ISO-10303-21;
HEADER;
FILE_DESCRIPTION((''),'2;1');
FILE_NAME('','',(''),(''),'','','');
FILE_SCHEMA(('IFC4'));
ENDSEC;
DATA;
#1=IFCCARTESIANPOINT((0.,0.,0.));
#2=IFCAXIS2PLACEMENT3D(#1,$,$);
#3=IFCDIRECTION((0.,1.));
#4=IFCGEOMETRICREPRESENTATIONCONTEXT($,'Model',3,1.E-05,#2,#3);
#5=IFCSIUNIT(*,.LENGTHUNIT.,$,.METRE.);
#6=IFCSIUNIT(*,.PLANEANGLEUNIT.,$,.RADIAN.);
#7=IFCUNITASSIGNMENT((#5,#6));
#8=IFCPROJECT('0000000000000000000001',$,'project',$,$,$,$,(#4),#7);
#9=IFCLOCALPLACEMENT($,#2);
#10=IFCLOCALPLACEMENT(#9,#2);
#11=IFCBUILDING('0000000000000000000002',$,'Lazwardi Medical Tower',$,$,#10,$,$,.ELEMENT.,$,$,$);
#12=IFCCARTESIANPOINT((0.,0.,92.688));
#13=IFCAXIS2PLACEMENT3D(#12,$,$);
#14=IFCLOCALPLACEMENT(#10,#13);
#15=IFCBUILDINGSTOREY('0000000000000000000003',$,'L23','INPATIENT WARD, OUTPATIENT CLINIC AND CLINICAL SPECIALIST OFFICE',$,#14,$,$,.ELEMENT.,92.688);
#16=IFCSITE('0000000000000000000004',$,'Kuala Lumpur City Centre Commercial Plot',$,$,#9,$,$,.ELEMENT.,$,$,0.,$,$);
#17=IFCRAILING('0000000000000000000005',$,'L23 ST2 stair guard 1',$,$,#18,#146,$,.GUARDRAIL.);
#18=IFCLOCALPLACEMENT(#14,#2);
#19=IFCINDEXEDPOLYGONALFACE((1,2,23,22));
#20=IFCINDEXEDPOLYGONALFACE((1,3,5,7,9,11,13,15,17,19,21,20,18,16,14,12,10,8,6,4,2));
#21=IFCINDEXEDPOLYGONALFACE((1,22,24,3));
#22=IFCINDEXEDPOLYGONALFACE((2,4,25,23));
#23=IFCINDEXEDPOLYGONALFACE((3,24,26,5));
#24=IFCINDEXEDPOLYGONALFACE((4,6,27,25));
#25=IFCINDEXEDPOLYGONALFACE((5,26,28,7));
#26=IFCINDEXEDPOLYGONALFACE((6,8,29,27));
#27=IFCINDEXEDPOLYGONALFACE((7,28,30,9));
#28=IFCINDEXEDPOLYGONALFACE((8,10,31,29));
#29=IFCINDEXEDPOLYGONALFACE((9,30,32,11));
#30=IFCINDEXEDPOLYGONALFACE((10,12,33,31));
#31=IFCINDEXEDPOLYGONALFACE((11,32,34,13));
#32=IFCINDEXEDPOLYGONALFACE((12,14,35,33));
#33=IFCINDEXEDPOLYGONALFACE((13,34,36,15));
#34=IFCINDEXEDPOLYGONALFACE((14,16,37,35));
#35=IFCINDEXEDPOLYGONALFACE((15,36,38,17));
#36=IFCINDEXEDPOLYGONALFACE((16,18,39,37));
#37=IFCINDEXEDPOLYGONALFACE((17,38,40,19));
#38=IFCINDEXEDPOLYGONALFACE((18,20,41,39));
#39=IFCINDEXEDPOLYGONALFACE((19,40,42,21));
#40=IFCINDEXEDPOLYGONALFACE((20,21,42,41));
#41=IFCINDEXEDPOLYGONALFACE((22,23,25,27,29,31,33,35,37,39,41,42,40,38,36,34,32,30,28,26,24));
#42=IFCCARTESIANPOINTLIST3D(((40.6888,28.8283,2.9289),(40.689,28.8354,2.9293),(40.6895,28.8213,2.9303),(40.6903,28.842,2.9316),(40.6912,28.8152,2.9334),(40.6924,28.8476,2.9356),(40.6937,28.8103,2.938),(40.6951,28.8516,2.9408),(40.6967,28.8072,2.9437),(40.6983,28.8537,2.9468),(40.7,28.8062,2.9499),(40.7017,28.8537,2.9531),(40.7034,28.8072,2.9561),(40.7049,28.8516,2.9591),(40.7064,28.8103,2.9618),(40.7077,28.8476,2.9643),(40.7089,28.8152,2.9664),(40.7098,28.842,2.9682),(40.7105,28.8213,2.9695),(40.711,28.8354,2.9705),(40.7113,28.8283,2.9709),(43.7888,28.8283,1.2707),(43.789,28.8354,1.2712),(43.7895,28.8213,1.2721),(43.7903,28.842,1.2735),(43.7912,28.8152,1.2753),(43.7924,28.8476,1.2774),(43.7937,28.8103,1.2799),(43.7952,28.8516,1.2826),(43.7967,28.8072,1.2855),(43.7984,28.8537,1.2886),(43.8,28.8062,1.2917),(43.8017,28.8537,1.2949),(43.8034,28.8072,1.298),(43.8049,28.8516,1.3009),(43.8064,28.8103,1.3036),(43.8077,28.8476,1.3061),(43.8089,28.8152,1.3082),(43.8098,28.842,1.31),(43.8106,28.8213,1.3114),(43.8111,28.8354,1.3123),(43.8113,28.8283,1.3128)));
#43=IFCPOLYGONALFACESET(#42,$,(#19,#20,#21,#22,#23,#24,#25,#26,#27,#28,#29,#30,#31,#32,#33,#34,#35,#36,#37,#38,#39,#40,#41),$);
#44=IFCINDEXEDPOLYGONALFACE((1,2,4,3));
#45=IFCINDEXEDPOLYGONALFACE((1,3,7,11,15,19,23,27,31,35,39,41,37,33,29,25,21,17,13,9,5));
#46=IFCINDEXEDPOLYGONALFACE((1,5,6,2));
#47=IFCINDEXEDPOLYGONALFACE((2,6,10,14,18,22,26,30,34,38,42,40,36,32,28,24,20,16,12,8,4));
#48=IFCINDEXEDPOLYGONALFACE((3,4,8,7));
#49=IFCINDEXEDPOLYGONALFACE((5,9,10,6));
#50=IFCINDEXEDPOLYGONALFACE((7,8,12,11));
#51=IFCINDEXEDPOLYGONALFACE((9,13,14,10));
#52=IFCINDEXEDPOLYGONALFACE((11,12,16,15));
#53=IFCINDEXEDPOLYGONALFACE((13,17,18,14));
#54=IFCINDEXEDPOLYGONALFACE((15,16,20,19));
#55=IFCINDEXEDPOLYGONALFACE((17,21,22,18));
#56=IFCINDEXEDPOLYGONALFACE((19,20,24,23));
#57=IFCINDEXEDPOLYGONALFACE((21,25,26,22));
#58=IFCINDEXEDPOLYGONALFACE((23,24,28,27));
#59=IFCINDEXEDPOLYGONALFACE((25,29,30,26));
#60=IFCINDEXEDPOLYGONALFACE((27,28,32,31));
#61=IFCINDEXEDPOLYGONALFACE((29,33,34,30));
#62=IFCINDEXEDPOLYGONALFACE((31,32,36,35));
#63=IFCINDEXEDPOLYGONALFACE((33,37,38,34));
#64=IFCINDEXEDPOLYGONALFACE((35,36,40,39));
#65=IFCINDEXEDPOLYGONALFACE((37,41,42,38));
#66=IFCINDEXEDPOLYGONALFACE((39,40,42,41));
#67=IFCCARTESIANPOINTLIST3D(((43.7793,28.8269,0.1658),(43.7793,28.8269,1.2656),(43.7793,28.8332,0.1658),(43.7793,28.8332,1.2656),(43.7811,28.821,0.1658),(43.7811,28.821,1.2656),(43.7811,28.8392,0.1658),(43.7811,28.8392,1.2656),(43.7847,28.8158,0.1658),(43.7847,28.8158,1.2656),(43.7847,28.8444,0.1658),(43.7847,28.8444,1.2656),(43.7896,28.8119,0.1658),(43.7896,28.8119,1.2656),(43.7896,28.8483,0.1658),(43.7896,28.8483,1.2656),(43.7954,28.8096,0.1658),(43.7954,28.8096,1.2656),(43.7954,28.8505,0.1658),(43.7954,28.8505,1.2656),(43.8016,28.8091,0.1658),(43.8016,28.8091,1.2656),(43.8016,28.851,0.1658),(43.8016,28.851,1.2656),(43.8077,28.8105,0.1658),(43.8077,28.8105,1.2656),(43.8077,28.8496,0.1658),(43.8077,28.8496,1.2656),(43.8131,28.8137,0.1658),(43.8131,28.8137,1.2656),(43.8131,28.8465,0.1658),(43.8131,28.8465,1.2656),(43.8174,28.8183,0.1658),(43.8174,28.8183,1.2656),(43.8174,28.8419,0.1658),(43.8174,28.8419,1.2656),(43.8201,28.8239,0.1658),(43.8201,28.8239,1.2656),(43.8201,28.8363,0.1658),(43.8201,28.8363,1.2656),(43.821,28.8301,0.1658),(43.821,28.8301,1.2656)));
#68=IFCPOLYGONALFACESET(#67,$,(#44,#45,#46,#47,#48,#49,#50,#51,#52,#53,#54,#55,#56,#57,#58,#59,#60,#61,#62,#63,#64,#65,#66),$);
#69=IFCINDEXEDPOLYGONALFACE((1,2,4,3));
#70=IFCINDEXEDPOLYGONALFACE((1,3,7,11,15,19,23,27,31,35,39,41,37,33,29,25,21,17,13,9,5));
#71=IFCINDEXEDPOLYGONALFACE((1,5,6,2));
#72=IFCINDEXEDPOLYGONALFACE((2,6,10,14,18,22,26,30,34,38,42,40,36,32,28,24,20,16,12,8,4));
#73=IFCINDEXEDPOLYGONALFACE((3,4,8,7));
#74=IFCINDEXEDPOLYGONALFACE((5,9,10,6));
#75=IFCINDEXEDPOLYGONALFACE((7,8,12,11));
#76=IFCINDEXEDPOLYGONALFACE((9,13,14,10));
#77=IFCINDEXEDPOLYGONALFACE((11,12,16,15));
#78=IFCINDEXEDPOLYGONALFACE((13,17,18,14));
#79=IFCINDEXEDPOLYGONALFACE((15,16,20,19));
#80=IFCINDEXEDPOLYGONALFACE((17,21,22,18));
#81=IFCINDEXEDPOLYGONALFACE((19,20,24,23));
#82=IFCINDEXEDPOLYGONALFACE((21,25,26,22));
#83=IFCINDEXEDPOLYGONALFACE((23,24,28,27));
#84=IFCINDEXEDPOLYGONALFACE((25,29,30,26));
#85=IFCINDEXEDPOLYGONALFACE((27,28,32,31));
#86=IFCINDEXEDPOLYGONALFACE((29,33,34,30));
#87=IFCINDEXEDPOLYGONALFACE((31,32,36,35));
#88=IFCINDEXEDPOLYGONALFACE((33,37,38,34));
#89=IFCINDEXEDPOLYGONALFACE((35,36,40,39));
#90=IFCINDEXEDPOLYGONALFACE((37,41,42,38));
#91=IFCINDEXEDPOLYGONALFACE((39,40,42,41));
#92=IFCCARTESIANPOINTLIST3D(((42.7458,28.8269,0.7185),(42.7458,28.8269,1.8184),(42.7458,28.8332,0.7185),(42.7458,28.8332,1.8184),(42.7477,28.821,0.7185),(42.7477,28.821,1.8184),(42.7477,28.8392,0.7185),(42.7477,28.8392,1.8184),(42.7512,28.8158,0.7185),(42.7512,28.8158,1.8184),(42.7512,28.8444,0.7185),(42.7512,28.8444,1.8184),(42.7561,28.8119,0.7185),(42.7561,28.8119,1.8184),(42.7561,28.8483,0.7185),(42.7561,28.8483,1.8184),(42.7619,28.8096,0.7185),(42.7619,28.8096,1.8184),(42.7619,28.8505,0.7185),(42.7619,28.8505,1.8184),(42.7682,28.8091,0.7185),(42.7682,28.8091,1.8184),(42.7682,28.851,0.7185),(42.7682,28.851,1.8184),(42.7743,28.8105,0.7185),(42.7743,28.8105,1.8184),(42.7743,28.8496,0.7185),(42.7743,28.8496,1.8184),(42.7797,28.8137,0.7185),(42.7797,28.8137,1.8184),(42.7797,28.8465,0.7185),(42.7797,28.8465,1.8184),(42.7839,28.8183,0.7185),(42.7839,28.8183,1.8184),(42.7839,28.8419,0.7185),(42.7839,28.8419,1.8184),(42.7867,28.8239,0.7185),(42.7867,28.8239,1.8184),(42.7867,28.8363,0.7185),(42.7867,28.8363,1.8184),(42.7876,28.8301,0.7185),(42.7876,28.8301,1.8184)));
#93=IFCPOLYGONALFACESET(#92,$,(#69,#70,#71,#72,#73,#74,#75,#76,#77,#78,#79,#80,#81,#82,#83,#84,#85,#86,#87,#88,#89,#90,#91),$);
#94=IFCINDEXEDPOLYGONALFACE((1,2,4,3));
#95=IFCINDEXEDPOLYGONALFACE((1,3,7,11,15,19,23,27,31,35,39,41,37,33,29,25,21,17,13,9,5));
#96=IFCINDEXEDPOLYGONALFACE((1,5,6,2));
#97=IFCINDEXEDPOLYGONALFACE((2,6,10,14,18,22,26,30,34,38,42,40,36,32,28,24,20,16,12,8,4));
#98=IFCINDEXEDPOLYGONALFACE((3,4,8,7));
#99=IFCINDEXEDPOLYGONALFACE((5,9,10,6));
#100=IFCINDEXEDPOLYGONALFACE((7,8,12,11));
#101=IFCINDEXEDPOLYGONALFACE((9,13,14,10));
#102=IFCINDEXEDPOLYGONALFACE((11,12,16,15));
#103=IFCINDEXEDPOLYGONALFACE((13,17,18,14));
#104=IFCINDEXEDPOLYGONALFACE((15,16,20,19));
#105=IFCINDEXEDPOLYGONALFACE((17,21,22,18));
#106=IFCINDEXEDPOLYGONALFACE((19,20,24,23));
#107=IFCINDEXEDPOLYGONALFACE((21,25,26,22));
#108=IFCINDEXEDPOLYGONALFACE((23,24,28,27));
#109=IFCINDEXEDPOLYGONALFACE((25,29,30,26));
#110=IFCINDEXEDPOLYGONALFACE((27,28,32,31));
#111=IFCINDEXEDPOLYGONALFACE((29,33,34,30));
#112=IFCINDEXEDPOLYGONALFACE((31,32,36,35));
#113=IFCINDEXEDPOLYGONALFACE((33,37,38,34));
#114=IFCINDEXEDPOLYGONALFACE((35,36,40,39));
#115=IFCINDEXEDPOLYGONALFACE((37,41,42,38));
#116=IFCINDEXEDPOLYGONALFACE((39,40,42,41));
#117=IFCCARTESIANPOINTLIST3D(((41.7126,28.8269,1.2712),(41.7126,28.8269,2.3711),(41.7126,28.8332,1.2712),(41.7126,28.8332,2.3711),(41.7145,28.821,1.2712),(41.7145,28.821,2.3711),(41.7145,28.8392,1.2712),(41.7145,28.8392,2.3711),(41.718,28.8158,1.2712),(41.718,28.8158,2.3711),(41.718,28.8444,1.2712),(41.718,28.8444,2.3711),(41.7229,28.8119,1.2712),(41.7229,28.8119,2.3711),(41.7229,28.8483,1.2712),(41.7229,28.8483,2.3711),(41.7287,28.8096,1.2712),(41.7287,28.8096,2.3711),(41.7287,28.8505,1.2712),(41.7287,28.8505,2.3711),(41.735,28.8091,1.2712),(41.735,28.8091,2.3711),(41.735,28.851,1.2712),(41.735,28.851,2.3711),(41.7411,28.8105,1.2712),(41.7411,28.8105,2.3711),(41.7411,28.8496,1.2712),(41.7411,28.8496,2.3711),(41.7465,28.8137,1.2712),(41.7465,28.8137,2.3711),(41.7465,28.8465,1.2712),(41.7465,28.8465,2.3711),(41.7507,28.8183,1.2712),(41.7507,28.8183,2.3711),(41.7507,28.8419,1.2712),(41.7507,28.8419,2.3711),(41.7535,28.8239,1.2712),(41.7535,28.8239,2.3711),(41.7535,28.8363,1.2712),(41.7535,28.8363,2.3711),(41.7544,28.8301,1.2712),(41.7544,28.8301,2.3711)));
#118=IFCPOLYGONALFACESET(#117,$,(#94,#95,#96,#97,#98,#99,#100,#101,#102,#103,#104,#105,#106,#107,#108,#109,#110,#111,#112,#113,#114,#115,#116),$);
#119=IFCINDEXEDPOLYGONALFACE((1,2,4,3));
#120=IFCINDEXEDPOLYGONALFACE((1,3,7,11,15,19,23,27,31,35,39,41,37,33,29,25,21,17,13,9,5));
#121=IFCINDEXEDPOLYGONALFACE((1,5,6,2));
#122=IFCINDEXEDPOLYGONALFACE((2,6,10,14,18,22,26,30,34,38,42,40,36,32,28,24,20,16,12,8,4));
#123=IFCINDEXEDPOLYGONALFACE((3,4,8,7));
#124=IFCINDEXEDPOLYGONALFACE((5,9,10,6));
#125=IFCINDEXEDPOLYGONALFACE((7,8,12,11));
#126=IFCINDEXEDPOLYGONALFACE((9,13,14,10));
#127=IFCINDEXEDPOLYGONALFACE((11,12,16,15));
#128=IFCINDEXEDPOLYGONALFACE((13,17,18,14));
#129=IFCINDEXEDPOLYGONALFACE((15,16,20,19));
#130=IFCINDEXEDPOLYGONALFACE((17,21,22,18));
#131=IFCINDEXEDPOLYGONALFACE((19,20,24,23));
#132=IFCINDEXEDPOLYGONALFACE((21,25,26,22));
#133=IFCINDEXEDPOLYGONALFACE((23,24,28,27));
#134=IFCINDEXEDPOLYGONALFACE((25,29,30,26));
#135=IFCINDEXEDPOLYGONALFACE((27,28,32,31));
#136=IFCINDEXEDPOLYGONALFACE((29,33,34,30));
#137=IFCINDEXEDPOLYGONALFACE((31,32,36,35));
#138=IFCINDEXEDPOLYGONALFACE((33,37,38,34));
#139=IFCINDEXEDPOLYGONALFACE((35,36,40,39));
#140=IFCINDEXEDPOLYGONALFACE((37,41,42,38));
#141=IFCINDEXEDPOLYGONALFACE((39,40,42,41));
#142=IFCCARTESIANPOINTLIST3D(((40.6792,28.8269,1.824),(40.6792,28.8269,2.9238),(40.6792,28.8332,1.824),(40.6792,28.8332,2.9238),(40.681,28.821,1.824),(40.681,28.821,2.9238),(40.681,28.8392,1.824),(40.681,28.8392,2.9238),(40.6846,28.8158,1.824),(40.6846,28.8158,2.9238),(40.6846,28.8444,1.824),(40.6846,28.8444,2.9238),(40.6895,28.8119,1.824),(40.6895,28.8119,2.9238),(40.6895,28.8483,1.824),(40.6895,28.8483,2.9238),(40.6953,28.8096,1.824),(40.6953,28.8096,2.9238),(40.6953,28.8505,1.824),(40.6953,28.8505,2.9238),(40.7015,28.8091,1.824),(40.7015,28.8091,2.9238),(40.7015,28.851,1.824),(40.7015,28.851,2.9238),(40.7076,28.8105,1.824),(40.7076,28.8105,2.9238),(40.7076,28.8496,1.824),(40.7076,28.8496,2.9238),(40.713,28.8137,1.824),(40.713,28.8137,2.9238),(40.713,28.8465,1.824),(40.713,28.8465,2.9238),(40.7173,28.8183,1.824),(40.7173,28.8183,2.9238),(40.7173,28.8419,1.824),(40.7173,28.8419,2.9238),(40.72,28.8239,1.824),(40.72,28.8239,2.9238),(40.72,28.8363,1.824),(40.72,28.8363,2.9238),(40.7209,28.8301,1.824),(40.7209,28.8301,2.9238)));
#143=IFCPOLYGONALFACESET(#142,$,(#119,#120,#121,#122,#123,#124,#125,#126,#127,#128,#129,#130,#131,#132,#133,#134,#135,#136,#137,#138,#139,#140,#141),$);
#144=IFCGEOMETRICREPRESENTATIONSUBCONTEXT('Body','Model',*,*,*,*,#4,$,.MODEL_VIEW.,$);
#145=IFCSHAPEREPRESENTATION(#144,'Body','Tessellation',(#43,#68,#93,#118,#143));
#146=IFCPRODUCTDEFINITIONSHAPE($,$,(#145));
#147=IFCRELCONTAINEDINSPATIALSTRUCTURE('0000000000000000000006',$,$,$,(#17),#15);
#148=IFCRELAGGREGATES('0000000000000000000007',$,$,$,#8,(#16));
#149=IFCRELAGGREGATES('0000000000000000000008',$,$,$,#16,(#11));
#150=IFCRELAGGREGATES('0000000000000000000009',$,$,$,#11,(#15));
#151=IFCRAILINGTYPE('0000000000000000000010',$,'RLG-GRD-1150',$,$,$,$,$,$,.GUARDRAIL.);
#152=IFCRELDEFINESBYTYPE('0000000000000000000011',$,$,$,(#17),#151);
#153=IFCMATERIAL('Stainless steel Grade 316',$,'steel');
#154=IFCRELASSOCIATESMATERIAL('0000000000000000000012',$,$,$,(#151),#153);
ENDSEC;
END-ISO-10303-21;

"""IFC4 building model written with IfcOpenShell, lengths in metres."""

from ifc_helpers import new_model, si_unit, direction, frame, origin, origin_2d, place, context, subcontext, project, spatial, circle, extrude, material, type_object, element, save


model = new_model("IFC4")

# Units and contexts
model_context = context("Model", 3, precision=1e-05, world=origin(), true_north=direction((0.0, 1.0)))
body_context = subcontext(model_context, "Body", "Model", "MODEL_VIEW")
ifc_project = project(units=[si_unit("LENGTHUNIT", "METRE"), si_unit("PLANEANGLEUNIT", "RADIAN")], contexts=[model_context])

# Site, building, storey
site_placement = place(None, origin())
site = spatial("IfcSite", under=ifc_project, at=site_placement, Name="Kuala Lumpur City Centre Commercial Plot", CompositionType="ELEMENT", RefElevation=0.0)
building_placement = place(site_placement, origin())
building = spatial("IfcBuilding", under=site, at=building_placement, Name="Lazwardi Medical Tower", CompositionType="ELEMENT")
storey_placement = place(building_placement, frame((0.0, 0.0, 92.688)))
storey = spatial("IfcBuildingStorey", under=building, at=storey_placement, Name="L23", Description="INPATIENT WARD, OUTPATIENT CLINIC AND CLINICAL SPECIALIST OFFICE", CompositionType="ELEMENT", Elevation=92.688)

# Railing
ifc_material_1 = material(Name="Stainless steel Grade 316", Category="steel")
railing_type_1 = type_object("IfcRailingType", Name="RLG-GRD-1150", PredefinedType="GUARDRAIL", material=ifc_material_1)
railing_1_placement = place(storey_placement, frame((43.8, 28.8301, 0.1658)))
element("IfcRailing", 1, at=railing_1_placement, inside=storey, type_object=railing_type_1, Name="L23 ST2 stair guard 1", PredefinedType="GUARDRAIL", context=body_context, shape_type="SweptSolid", body=[
    extrude(circle(Radius=0.0239, at=origin_2d()), frame((0.0, 0.0, 1.126), z_axis=(-0.881783, 0.0, 0.471655), x_axis=(0.0, -1.0, 0.0)), (0.0, 0.0, 1.0), 3.5156),
    extrude(circle(Radius=0.021, at=origin_2d()), origin(), (0.0, 0.0, 1.0), 1.0999),
    extrude(circle(Radius=0.021, at=origin_2d()), frame((-1.0334, 0.0, 0.5527)), (0.0, 0.0, 1.0), 1.0999),
    extrude(circle(Radius=0.021, at=origin_2d()), frame((-2.0667, 0.0, 1.1055)), (0.0, 0.0, 1.0), 1.0999),
    extrude(circle(Radius=0.021, at=origin_2d()), frame((-3.1001, 0.0, 1.6582)), (0.0, 0.0, 1.0), 1.0999),
])

save(model, "model.ifc")
